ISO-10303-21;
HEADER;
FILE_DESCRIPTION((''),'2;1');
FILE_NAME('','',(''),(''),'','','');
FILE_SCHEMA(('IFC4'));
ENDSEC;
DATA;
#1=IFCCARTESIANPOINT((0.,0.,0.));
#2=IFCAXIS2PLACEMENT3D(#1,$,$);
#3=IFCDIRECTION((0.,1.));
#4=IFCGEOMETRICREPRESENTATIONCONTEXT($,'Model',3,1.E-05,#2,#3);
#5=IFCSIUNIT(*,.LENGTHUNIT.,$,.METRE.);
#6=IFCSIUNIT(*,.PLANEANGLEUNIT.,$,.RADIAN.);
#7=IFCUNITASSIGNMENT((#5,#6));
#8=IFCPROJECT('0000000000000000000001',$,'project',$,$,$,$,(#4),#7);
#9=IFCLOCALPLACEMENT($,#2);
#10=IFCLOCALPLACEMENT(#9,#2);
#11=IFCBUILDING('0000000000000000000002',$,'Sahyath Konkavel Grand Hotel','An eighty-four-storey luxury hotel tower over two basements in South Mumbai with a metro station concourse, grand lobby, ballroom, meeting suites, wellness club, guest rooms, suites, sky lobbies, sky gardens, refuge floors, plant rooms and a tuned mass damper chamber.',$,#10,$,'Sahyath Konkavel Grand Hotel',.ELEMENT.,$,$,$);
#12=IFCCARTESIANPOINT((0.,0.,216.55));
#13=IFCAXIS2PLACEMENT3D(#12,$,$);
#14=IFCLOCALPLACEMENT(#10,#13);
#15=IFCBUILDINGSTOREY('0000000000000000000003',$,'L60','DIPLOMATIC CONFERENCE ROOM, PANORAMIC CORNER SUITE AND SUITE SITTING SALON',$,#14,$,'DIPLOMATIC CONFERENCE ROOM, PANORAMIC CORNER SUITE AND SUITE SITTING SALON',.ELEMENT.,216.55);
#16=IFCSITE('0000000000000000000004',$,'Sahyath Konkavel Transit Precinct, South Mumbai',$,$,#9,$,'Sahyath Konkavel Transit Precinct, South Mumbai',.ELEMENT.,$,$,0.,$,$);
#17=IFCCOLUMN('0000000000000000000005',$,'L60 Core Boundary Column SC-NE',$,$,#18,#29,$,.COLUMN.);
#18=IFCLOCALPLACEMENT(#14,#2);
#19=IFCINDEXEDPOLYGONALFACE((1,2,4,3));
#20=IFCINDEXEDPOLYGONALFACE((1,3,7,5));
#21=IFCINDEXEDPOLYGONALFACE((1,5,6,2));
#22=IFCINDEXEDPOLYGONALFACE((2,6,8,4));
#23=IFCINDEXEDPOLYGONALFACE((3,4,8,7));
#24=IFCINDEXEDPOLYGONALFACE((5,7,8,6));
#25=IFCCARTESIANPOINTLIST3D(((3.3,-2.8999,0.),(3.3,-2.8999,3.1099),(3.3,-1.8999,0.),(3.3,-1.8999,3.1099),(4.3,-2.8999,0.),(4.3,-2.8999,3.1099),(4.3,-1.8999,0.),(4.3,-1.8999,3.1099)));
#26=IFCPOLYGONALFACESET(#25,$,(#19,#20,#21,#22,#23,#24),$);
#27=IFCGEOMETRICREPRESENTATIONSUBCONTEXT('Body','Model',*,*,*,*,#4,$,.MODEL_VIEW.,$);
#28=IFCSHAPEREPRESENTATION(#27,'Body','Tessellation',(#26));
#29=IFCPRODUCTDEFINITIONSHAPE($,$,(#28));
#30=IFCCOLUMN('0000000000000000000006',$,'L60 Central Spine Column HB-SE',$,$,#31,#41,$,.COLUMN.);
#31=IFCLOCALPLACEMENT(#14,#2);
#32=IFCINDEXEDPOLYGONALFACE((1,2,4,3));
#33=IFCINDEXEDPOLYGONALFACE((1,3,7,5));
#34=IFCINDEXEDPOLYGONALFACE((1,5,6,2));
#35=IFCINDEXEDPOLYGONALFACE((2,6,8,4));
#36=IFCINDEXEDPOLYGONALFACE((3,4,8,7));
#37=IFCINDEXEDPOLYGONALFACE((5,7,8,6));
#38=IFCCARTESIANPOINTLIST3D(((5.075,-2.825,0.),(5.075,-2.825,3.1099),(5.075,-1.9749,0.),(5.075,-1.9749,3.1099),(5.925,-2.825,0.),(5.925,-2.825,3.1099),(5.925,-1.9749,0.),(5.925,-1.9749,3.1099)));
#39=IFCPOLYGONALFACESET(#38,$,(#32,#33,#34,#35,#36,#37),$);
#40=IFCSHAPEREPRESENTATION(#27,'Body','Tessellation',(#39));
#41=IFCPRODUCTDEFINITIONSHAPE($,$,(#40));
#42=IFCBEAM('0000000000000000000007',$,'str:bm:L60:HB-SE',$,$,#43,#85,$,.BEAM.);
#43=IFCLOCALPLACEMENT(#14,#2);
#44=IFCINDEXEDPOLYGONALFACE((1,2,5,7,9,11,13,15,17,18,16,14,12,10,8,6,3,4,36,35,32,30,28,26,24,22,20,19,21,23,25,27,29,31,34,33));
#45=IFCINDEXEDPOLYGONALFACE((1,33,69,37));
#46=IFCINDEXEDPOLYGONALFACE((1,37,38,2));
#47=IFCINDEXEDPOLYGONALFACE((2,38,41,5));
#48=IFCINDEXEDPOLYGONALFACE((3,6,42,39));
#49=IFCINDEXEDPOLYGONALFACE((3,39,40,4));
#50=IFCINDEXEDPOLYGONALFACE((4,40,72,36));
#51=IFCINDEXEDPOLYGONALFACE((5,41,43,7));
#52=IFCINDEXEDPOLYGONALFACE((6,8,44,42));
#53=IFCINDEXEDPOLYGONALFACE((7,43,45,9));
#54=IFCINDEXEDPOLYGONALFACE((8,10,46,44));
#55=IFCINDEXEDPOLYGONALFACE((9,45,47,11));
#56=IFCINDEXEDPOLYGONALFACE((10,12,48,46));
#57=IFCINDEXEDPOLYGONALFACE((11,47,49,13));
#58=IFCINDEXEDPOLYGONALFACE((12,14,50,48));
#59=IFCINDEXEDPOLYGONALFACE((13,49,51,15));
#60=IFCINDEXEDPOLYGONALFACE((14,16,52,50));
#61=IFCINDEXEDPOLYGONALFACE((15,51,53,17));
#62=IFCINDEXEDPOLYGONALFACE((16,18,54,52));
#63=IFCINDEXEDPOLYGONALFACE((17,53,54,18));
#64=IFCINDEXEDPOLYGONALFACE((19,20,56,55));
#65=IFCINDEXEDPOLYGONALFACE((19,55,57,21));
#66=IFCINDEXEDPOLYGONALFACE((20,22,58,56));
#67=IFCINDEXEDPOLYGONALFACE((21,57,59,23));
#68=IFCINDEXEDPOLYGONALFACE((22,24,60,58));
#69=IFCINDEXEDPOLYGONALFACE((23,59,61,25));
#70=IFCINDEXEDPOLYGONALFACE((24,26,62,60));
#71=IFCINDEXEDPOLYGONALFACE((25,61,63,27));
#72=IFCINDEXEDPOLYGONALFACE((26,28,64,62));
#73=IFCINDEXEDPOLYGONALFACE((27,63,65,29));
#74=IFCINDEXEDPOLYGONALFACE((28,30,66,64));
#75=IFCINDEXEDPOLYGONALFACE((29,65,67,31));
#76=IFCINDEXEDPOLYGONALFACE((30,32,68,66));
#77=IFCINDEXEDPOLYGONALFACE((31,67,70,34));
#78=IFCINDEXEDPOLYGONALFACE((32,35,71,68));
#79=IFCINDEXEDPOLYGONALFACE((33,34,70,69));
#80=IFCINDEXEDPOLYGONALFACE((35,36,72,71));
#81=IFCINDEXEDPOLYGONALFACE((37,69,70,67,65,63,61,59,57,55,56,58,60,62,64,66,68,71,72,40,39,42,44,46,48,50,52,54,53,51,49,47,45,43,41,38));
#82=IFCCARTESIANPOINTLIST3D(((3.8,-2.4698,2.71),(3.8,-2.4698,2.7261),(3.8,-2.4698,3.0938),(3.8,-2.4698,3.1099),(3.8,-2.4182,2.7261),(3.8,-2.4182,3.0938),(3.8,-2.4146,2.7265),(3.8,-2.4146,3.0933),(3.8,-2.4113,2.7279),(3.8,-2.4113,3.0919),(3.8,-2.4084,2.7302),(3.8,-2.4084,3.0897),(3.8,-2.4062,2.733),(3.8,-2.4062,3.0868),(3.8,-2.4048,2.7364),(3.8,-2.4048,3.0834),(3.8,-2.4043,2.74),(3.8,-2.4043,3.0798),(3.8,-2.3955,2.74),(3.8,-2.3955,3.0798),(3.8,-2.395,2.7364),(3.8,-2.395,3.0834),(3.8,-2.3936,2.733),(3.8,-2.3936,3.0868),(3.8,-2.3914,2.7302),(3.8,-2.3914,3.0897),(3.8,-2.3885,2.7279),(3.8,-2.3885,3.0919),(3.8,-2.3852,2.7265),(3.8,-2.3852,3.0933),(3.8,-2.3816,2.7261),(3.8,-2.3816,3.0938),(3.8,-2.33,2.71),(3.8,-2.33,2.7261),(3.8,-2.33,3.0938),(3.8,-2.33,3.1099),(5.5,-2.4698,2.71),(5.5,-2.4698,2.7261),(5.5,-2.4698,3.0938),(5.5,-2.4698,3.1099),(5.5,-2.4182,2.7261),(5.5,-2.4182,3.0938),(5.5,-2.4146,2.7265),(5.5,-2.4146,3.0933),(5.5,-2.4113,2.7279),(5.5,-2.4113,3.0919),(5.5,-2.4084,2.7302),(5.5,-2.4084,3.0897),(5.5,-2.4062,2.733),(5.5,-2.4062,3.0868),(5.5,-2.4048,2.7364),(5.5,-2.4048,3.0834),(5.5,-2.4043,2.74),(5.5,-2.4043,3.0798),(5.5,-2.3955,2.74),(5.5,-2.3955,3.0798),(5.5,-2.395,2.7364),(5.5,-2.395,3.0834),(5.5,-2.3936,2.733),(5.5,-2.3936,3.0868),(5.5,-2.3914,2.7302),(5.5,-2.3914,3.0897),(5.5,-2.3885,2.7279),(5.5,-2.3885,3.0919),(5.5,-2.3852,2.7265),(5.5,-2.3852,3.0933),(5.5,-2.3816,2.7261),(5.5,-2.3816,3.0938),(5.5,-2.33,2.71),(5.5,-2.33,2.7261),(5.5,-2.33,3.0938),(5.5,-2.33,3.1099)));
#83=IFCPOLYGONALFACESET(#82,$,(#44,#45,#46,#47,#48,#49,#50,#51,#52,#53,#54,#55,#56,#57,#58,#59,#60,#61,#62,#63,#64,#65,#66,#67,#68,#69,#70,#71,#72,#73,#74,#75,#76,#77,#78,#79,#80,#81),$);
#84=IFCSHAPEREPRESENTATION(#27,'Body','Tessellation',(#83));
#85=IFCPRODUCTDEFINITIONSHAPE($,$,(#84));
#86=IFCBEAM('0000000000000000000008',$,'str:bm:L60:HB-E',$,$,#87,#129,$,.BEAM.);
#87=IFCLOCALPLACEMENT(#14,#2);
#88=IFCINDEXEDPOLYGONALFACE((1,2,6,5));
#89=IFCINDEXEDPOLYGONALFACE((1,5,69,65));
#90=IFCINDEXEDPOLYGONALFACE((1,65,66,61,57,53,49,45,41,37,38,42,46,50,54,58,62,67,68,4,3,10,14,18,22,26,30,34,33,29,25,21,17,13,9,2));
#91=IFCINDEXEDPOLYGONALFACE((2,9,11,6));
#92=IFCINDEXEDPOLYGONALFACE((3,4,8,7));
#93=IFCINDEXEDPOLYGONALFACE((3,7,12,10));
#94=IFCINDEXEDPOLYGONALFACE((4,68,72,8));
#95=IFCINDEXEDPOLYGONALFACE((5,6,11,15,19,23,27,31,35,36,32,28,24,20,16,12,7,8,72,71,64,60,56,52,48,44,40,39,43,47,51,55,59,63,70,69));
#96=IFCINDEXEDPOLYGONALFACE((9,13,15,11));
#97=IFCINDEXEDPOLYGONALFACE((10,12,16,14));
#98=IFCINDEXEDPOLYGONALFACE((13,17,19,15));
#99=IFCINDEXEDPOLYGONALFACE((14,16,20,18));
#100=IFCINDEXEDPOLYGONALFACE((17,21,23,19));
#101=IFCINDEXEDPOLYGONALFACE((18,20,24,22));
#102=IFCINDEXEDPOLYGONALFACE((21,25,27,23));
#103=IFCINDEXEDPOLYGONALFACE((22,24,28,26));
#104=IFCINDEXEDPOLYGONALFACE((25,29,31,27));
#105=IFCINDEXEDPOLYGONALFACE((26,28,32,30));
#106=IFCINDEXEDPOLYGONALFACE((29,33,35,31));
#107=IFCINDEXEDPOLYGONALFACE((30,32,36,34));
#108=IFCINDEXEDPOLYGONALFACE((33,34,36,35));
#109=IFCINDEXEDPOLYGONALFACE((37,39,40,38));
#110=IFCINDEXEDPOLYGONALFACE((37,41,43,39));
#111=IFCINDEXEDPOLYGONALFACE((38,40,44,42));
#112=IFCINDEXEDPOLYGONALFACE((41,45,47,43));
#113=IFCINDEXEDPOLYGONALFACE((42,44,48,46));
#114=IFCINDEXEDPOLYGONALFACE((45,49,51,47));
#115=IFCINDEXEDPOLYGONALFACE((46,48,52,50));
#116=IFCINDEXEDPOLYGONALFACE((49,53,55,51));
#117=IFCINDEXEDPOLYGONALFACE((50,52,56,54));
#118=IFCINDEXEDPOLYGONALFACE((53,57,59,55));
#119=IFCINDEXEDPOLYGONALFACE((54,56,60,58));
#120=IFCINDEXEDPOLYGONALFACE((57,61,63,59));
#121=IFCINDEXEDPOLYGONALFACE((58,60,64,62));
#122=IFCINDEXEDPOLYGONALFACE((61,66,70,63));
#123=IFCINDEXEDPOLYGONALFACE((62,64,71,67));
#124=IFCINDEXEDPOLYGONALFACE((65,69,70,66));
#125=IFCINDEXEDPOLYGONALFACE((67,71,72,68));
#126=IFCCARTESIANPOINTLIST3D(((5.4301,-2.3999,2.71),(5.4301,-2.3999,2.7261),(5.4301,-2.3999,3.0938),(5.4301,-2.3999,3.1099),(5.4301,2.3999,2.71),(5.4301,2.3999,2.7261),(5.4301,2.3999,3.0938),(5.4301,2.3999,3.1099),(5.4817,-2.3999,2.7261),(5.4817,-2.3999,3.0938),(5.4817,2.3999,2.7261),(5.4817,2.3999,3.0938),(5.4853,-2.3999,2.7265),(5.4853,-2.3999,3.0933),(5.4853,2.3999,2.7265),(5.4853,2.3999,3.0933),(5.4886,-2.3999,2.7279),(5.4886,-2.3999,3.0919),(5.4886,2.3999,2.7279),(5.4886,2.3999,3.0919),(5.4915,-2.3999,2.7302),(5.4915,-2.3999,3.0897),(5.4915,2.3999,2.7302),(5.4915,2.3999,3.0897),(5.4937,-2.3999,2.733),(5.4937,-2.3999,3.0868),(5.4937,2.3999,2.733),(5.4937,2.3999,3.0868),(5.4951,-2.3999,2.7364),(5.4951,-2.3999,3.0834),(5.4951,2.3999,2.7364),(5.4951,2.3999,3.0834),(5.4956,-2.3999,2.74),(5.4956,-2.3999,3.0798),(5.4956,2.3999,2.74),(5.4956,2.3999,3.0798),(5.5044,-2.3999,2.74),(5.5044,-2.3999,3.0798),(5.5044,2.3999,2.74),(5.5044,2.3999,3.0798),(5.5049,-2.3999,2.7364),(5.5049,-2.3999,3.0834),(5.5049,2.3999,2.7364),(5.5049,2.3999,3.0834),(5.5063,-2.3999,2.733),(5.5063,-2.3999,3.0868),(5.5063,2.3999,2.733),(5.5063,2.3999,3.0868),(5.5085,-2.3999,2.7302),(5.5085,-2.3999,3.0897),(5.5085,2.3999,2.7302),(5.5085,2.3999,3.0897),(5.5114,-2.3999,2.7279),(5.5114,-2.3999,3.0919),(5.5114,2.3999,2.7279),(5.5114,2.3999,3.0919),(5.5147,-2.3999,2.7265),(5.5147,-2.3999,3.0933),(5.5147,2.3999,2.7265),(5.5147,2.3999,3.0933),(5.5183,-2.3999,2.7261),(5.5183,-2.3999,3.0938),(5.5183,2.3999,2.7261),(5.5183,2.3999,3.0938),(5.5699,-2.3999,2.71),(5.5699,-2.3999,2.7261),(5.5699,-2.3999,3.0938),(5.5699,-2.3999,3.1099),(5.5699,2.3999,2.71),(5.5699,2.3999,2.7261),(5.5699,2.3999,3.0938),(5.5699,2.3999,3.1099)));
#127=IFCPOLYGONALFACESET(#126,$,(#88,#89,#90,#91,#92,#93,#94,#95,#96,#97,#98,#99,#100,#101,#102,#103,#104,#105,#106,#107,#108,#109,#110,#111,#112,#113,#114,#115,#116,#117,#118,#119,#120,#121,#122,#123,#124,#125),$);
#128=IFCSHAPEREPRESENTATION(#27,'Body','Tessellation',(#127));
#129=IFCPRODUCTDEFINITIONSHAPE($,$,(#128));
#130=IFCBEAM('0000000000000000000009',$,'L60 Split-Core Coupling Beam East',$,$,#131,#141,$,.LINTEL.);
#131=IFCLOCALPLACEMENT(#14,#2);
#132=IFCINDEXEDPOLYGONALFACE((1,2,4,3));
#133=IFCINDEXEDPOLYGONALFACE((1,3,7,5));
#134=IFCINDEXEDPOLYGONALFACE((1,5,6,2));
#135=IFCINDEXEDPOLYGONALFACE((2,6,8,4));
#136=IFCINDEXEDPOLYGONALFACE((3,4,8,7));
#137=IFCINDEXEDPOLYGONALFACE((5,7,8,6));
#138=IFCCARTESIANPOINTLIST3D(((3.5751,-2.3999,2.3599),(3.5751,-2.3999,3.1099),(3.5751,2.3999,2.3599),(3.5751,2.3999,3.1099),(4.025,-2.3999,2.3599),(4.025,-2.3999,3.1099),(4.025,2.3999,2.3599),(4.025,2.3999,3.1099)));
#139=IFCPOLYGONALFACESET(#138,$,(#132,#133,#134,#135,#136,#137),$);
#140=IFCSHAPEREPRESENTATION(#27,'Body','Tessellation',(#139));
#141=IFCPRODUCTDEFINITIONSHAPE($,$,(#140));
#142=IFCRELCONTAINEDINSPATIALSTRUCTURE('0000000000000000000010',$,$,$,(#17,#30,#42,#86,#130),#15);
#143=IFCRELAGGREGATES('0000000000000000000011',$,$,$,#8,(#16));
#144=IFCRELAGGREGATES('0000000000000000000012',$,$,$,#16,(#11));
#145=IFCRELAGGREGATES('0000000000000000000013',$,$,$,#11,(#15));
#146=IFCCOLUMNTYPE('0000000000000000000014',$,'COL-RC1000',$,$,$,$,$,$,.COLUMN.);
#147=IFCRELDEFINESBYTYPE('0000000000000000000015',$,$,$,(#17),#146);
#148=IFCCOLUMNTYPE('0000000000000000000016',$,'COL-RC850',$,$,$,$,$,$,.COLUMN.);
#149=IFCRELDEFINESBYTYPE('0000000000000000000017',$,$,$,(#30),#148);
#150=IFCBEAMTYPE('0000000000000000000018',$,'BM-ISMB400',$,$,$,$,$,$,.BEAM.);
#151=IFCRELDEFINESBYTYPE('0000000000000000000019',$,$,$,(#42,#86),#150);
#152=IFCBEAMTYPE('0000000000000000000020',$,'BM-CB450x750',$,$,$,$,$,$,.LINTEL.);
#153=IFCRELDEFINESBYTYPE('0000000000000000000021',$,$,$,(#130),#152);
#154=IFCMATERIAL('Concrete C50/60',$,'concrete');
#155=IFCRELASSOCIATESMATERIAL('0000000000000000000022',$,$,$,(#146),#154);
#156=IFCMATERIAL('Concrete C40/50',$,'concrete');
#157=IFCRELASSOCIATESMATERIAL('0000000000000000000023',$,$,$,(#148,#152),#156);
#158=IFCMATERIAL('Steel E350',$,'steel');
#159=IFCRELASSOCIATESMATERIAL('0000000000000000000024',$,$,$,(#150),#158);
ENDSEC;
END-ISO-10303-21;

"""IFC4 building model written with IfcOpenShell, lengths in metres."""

from ifc_helpers import new_model, si_unit, direction, frame, origin, origin_2d, place, context, subcontext, project, spatial, rectangle, i_section, extrude, source, transform, mapped, material, material_profile, profile_set, type_object, element, save


model = new_model("IFC4")

# Units and contexts
model_context = context("Model", 3, precision=1e-05, world=origin(), true_north=direction((0.0, 1.0)))
body_context = subcontext(model_context, "Body", "Model", "MODEL_VIEW")
ifc_project = project(units=[si_unit("LENGTHUNIT", "METRE"), si_unit("PLANEANGLEUNIT", "RADIAN")], contexts=[model_context])

# Site, building, storey
site_placement = place(None, origin())
site = spatial("IfcSite", under=ifc_project, at=site_placement, Name="Sahyath Konkavel Transit Precinct, South Mumbai", LongName="Sahyath Konkavel Transit Precinct, South Mumbai", CompositionType="ELEMENT", RefElevation=0.0)
building_placement = place(site_placement, origin())
building = spatial("IfcBuilding", under=site, at=building_placement, Name="Sahyath Konkavel Grand Hotel", Description="An eighty-four-storey luxury hotel tower over two basements in South Mumbai with a metro station concourse, grand lobby, ballroom, meeting suites, wellness club, guest rooms, suites, sky lobbies, sky gardens, refuge floors, plant rooms and a tuned mass damper chamber.", LongName="Sahyath Konkavel Grand Hotel", CompositionType="ELEMENT")
storey_placement = place(building_placement, frame((0.0, 0.0, 216.55)))
storey = spatial("IfcBuildingStorey", under=building, at=storey_placement, Name="L60", Description="DIPLOMATIC CONFERENCE ROOM, PANORAMIC CORNER SUITE AND SUITE SITTING SALON", LongName="DIPLOMATIC CONFERENCE ROOM, PANORAMIC CORNER SUITE AND SUITE SITTING SALON", CompositionType="ELEMENT", Elevation=216.55)

# Columns
ifc_material_1 = material(Name="Concrete C50/60", Category="concrete")
ifc_material_profile_1 = material_profile(ifc_material_1, rectangle(XDim=1.0, YDim=1.0, at=origin_2d()), Name="RC 1000x1000")
ifc_profile_set_1 = profile_set([ifc_material_profile_1], Name="Concrete C50/60")
column_type_1 = type_object("IfcColumnType", Name="COL-RC1000", PredefinedType="COLUMN", material=ifc_profile_set_1)
shared_shape_1 = source(origin(), body_context, "Body", "SweptSolid", [
    extrude(rectangle(XDim=1.0, YDim=1.0, at=origin_2d()), origin(), (0.0, 0.0, 1.0), 3.1099),
])
column_1_placement = place(storey_placement, frame((3.8, -2.3999, 0.0), z_axis=(0.0, 0.0, 1.0), x_axis=(1.0, 0.0, 0.0)))
element("IfcColumn", 1, at=column_1_placement, inside=storey, type_object=column_type_1, Name="L60 Core Boundary Column SC-NE", PredefinedType="COLUMN", context=body_context, shape_type="MappedRepresentation", body=[
    mapped(shared_shape_1, transform((0.0, 0.0, 0.0), scale=1.0)),
])
ifc_material_2 = material(Name="Concrete C40/50", Category="concrete")
ifc_material_profile_2 = material_profile(ifc_material_2, rectangle(XDim=0.8501, YDim=0.8501, at=origin_2d()), Name="RC 850x850")
ifc_profile_set_2 = profile_set([ifc_material_profile_2], Name="Concrete C40/50")
column_type_2 = type_object("IfcColumnType", Name="COL-RC850", PredefinedType="COLUMN", material=ifc_profile_set_2)
shared_shape_2 = source(origin(), body_context, "Body", "SweptSolid", [
    extrude(rectangle(XDim=0.8501, YDim=0.8501, at=origin_2d()), origin(), (0.0, 0.0, 1.0), 3.1099),
])
column_2_placement = place(storey_placement, frame((5.5, -2.3999, 0.0), z_axis=(0.0, 0.0, 1.0), x_axis=(1.0, 0.0, 0.0)))
element("IfcColumn", 2, at=column_2_placement, inside=storey, type_object=column_type_2, Name="L60 Central Spine Column HB-SE", PredefinedType="COLUMN", context=body_context, shape_type="MappedRepresentation", body=[
    mapped(shared_shape_2, transform((0.0, 0.0, 0.0), scale=1.0)),
])

# Beams
ifc_material_3 = material(Name="Steel E350", Category="steel")
ifc_material_profile_3 = material_profile(ifc_material_3, i_section(OverallWidth=0.1399, OverallDepth=0.3999, WebThickness=0.0088, FlangeThickness=0.0161, FilletRadius=0.0139, at=origin_2d()), Name="ISMB 400")
ifc_profile_set_3 = profile_set([ifc_material_profile_3], Name="Steel E350")
beam_type_1 = type_object("IfcBeamType", Name="BM-ISMB400", PredefinedType="BEAM", material=ifc_profile_set_3)
shared_shape_3 = source(origin(), body_context, "Body", "SweptSolid", [
    extrude(i_section(OverallWidth=0.1399, OverallDepth=0.3999, WebThickness=0.0088, FlangeThickness=0.0161, FilletRadius=0.0139, at=origin_2d()), origin(), (0.0, 0.0, 1.0), 1.7),
])
beam_1_placement = place(storey_placement, frame((3.8, -2.3999, 2.9099), z_axis=(1.0, 0.0, 0.0), x_axis=(0.0, 1.0, 0.0)))
element("IfcBeam", 3, at=beam_1_placement, inside=storey, type_object=beam_type_1, Name="str:bm:L60:HB-SE", PredefinedType="BEAM", context=body_context, shape_type="MappedRepresentation", body=[
    mapped(shared_shape_3, transform((0.0, 0.0, 0.0), scale=1.0)),
])
shared_shape_4 = source(origin(), body_context, "Body", "SweptSolid", [
    extrude(i_section(OverallWidth=0.1399, OverallDepth=0.3999, WebThickness=0.0088, FlangeThickness=0.0161, FilletRadius=0.0139, at=origin_2d()), origin(), (0.0, 0.0, 1.0), 4.7998),
])
beam_2_placement = place(storey_placement, frame((5.5, -2.3999, 2.9099), z_axis=(0.0, 1.0, 0.0), x_axis=(-1.0, 0.0, 0.0)))
element("IfcBeam", 4, at=beam_2_placement, inside=storey, type_object=beam_type_1, Name="str:bm:L60:HB-E", PredefinedType="BEAM", context=body_context, shape_type="MappedRepresentation", body=[
    mapped(shared_shape_4, transform((0.0, 0.0, 0.0), scale=1.0)),
])
ifc_material_profile_4 = material_profile(ifc_material_2, rectangle(XDim=0.45, YDim=0.75, at=origin_2d()), Name="RC 450x750")
ifc_profile_set_4 = profile_set([ifc_material_profile_4], Name="Concrete C40/50")
beam_type_2 = type_object("IfcBeamType", Name="BM-CB450x750", PredefinedType="LINTEL", material=ifc_profile_set_4)
shared_shape_5 = source(origin(), body_context, "Body", "SweptSolid", [
    extrude(rectangle(XDim=0.45, YDim=0.75, at=origin_2d()), origin(), (0.0, 0.0, 1.0), 4.7998),
])
beam_3_placement = place(storey_placement, frame((3.8, -2.3999, 2.7349), z_axis=(0.0, 1.0, 0.0), x_axis=(-1.0, 0.0, 0.0)))
element("IfcBeam", 5, at=beam_3_placement, inside=storey, type_object=beam_type_2, Name="L60 Split-Core Coupling Beam East", PredefinedType="LINTEL", context=body_context, shape_type="MappedRepresentation", body=[
    mapped(shared_shape_5, transform((0.0, 0.0, 0.0), scale=1.0)),
])

save(model, "model.ifc")
